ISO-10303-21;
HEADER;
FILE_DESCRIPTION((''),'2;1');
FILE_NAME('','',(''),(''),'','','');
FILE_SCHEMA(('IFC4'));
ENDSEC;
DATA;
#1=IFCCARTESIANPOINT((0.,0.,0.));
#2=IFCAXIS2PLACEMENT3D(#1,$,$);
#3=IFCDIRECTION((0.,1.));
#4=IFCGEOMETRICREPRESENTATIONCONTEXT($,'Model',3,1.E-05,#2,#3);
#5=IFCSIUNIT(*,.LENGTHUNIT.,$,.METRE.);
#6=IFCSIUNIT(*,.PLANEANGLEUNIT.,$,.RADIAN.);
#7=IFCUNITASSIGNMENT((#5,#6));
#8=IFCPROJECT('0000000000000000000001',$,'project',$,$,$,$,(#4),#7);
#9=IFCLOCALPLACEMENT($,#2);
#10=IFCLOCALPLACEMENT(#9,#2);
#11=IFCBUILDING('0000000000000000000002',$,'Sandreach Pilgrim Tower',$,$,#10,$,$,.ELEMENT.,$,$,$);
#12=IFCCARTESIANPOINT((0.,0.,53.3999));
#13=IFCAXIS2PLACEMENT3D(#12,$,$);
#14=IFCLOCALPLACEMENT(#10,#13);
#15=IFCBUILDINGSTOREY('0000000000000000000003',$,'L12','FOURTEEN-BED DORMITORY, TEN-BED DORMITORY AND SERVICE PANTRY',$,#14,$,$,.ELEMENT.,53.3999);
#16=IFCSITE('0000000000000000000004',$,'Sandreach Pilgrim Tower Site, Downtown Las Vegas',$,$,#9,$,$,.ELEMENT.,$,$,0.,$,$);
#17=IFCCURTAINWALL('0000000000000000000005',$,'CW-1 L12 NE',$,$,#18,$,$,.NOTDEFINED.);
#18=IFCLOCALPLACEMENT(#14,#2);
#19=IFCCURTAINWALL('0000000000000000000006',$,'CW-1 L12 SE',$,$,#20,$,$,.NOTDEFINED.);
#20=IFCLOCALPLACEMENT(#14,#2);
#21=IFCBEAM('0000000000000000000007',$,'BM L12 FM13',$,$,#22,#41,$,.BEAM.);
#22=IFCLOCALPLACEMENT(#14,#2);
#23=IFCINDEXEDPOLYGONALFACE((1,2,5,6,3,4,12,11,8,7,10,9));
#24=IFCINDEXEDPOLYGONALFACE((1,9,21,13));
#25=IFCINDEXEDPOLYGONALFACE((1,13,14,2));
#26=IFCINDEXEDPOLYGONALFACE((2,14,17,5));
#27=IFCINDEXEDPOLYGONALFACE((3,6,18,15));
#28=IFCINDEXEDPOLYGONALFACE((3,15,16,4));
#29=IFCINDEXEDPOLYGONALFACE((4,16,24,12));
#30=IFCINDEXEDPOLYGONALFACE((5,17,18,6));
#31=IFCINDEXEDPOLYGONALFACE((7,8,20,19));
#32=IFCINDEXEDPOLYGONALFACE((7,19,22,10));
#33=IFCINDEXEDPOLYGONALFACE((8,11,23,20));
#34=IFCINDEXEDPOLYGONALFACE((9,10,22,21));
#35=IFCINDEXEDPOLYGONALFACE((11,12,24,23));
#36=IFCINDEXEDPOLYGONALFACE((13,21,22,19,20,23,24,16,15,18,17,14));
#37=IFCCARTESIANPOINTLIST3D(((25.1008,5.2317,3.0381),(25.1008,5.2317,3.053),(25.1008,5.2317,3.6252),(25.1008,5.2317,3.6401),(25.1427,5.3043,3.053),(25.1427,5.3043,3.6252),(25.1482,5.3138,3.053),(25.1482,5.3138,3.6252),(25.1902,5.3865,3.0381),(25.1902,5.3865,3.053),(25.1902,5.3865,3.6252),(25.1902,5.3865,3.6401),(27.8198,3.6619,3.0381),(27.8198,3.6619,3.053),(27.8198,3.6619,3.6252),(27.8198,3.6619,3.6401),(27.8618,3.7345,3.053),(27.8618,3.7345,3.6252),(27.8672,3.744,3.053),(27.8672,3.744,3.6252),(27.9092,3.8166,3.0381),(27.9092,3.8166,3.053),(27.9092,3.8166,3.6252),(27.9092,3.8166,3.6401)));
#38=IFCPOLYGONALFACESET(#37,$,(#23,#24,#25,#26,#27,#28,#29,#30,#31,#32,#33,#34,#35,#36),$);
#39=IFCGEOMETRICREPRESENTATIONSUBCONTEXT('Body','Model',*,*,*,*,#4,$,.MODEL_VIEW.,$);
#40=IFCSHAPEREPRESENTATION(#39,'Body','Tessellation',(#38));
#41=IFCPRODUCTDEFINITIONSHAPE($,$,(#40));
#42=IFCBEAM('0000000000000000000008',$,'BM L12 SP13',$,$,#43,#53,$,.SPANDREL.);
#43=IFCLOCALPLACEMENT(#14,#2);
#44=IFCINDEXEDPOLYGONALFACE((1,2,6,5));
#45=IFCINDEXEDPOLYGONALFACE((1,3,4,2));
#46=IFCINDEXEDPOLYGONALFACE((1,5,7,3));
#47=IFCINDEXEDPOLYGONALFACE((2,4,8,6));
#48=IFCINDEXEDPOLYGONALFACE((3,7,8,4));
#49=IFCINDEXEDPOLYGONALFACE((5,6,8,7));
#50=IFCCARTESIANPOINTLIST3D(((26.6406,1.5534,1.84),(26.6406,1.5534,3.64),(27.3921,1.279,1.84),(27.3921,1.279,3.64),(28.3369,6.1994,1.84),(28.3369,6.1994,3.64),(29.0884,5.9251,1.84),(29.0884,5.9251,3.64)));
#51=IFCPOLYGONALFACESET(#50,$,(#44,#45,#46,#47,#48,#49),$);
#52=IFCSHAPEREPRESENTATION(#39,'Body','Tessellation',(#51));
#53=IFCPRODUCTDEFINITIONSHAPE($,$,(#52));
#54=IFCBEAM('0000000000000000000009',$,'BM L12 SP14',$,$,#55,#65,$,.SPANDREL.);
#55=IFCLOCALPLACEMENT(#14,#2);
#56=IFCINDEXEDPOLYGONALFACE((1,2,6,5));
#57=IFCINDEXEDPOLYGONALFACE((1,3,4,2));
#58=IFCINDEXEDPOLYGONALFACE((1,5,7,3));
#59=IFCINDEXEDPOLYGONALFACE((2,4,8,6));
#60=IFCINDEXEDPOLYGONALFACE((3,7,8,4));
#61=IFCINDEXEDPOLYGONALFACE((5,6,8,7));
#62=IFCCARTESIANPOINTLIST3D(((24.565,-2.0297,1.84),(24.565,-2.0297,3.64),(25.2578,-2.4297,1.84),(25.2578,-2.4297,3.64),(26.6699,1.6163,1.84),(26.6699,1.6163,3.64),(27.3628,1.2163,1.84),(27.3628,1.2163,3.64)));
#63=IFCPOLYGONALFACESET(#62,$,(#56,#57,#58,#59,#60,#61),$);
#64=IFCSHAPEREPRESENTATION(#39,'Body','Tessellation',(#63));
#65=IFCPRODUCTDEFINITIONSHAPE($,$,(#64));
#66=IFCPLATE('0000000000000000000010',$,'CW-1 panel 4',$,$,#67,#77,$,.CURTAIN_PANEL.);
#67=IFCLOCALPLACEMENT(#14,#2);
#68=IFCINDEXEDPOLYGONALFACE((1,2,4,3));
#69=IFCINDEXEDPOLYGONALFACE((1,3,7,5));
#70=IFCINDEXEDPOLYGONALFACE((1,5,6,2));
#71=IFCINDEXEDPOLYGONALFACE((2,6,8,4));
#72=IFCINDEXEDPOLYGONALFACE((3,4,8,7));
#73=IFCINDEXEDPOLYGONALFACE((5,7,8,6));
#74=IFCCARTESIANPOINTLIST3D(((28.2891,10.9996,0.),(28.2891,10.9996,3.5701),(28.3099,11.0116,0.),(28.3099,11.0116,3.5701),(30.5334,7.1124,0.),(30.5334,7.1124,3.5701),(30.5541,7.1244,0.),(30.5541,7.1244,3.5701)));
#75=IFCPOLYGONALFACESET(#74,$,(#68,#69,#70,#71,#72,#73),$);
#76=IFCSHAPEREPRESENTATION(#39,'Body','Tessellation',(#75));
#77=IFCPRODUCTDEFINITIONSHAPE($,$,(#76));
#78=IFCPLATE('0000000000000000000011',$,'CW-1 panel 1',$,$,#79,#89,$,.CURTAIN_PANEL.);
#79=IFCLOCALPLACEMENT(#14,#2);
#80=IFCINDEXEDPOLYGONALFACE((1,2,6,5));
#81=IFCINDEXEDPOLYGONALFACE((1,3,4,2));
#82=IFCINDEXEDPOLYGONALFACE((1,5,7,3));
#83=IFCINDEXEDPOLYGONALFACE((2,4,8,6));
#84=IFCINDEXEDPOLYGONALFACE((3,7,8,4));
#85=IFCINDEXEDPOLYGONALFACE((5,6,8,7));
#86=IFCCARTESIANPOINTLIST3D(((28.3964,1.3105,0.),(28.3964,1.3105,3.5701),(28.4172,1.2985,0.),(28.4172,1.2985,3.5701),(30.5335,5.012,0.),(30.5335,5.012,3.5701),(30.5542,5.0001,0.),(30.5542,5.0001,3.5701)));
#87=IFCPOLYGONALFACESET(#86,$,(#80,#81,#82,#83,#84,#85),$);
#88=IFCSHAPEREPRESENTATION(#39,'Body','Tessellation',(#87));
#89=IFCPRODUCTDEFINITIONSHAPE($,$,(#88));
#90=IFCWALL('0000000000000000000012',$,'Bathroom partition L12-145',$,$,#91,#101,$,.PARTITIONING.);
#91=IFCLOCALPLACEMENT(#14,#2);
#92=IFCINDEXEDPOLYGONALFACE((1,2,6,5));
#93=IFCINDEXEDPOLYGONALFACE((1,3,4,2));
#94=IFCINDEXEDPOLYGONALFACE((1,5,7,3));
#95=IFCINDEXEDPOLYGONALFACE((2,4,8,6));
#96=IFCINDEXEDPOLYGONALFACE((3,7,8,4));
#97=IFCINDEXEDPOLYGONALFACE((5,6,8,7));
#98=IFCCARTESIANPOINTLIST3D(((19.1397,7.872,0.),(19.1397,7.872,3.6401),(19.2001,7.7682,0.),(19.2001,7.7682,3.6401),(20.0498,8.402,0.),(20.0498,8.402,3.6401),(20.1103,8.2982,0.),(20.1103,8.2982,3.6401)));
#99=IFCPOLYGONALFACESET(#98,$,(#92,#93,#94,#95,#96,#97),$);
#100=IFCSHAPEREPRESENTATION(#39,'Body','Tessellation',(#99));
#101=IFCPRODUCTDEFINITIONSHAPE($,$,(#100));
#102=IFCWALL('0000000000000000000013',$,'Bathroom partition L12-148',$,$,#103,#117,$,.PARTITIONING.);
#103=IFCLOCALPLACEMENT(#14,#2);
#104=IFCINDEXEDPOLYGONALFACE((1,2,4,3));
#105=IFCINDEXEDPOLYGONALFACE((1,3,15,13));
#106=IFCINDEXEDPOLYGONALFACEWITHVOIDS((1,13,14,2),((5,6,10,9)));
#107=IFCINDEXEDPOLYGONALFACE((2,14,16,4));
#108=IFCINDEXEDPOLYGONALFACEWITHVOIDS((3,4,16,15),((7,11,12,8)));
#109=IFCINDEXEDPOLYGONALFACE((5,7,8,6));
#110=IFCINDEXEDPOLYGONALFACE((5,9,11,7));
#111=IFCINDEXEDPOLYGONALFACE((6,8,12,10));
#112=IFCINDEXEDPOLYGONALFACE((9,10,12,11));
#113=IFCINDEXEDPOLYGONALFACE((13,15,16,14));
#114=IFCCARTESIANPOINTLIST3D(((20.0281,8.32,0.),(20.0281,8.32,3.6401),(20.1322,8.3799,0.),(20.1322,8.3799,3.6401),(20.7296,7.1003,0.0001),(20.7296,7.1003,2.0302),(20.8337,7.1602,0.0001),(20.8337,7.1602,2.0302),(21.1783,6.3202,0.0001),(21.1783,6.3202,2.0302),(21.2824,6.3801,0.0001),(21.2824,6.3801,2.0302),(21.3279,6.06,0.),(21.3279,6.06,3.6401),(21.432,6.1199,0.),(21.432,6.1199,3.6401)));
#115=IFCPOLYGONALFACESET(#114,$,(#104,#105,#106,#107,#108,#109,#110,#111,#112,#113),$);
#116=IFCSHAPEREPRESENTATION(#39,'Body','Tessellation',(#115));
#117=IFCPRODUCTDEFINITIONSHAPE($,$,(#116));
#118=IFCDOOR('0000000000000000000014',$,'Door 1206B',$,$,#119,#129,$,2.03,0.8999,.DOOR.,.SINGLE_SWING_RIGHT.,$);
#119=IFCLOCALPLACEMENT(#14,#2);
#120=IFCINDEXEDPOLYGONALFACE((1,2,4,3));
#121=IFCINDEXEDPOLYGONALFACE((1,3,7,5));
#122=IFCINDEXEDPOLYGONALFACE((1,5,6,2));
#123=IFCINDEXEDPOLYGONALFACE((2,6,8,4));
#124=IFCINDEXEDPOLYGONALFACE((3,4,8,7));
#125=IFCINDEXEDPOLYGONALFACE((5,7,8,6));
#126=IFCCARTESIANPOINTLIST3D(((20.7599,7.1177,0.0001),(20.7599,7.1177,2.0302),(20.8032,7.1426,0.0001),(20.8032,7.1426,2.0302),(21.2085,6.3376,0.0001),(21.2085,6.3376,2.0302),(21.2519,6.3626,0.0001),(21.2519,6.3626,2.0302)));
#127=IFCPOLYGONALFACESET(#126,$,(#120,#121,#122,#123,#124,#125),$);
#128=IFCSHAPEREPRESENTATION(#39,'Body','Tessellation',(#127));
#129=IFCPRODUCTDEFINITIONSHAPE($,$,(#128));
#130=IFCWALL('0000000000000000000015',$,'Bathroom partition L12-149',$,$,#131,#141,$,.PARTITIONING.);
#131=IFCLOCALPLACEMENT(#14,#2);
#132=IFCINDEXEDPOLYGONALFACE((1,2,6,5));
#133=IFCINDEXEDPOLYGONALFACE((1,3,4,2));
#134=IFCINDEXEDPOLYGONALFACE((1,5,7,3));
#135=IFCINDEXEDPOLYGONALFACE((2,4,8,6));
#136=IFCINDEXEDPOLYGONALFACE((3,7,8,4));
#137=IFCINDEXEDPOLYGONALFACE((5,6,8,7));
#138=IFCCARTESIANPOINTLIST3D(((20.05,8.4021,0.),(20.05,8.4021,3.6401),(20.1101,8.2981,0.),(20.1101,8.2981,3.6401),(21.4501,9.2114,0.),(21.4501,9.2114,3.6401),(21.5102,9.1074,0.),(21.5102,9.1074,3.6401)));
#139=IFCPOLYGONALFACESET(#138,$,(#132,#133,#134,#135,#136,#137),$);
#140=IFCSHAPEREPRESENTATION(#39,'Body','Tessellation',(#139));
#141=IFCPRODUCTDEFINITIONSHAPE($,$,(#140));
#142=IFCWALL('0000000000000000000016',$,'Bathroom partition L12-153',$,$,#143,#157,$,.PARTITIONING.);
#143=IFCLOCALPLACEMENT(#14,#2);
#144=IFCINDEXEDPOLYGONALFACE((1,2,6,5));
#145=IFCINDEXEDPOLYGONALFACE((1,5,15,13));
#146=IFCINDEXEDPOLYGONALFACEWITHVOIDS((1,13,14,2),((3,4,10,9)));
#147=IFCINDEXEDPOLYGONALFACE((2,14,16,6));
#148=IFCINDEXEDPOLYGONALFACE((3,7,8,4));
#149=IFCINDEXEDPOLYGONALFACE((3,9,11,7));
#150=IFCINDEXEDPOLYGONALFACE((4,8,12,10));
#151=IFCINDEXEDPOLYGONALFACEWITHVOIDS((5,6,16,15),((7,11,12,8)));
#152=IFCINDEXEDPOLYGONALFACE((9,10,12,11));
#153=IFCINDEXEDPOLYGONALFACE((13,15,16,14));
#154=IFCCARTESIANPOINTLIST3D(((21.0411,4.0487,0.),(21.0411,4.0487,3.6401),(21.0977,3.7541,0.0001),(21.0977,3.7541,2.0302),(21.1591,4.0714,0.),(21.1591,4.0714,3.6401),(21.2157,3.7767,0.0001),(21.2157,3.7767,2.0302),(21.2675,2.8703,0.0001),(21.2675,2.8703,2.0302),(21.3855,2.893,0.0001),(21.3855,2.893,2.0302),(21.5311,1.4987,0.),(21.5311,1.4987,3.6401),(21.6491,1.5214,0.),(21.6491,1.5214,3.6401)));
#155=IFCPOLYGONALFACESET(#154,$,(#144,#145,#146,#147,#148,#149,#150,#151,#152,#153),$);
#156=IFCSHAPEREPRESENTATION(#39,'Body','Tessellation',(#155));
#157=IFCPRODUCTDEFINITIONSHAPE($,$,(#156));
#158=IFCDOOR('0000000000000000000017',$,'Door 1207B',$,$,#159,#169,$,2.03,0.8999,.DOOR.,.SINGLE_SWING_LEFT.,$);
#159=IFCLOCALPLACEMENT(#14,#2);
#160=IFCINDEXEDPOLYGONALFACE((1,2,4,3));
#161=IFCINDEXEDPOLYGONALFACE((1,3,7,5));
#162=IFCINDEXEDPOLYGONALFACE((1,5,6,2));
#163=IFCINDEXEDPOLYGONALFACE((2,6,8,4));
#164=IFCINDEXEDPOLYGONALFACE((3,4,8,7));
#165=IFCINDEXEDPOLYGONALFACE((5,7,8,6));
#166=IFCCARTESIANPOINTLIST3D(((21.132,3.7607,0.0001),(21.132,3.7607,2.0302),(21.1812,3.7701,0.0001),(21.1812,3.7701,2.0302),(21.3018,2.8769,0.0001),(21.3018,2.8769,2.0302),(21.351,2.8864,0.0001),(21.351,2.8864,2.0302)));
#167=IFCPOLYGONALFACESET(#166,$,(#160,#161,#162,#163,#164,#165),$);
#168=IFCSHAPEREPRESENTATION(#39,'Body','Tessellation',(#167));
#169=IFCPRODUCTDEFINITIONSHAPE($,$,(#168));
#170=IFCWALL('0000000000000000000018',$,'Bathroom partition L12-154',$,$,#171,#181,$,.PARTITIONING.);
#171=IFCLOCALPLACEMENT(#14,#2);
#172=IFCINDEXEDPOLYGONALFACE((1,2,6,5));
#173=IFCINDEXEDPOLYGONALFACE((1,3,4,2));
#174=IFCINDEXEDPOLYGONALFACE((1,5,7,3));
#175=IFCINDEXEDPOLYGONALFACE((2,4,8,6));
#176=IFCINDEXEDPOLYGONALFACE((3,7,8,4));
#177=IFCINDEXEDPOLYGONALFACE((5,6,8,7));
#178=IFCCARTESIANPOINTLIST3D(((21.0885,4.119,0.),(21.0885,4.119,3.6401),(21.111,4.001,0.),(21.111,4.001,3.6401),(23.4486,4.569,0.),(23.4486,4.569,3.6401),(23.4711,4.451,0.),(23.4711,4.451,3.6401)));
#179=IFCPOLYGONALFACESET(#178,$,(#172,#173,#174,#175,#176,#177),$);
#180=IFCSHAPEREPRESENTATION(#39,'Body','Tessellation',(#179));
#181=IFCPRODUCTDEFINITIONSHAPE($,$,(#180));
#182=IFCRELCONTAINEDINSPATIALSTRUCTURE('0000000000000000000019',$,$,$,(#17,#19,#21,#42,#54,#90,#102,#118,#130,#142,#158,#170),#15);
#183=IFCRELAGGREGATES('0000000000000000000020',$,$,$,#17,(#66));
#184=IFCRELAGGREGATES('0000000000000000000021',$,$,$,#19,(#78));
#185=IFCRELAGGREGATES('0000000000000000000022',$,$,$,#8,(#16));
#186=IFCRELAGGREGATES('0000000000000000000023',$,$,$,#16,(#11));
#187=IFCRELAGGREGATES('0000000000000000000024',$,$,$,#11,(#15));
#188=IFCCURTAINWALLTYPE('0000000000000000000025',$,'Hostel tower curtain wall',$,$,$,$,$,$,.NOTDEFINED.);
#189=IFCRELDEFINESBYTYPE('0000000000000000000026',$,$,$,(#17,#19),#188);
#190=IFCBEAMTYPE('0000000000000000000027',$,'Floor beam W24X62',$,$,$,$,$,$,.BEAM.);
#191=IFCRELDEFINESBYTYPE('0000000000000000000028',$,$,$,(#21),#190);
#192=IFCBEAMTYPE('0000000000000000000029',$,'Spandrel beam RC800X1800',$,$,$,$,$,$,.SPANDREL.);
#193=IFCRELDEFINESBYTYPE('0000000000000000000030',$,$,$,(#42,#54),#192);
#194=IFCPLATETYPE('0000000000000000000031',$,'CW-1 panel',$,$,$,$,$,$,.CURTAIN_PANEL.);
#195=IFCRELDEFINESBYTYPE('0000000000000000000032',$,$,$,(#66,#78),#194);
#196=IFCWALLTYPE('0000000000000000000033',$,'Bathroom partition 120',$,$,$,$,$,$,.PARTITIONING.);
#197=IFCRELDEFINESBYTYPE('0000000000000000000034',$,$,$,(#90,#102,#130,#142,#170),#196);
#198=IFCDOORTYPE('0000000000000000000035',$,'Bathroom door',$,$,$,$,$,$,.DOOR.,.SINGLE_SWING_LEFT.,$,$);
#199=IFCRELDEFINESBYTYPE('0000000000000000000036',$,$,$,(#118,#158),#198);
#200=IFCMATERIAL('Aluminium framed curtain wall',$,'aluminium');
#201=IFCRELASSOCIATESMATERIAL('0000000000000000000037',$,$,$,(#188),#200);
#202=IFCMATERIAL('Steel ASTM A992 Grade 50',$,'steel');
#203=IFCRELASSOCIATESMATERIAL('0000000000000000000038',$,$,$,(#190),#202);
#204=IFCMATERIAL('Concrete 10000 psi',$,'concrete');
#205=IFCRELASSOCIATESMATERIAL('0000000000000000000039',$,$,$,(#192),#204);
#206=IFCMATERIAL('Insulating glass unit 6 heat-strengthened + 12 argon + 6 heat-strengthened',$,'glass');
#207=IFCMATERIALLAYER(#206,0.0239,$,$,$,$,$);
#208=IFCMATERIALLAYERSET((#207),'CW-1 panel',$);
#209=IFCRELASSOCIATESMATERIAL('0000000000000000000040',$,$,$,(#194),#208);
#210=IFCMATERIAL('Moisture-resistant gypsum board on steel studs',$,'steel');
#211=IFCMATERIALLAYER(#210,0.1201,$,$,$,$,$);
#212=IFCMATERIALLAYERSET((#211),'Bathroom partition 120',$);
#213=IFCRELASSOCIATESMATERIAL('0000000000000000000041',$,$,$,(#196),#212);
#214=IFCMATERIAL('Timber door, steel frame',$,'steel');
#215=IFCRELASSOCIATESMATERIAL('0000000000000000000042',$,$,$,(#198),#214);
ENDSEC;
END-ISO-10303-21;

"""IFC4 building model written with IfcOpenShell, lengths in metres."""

from ifc_helpers import new_model, si_unit, direction, frame, frame_2d, origin, origin_2d, place, context, subcontext, project, spatial, rectangle, i_section, extrude, material, layer, layer_set, material_profile, profile_set, type_object, element, fill, aggregate, save


model = new_model("IFC4")

# Units and contexts
model_context = context("Model", 3, precision=1e-05, world=origin(), true_north=direction((0.0, 1.0)))
body_context = subcontext(model_context, "Body", "Model", "MODEL_VIEW")
ifc_project = project(units=[si_unit("LENGTHUNIT", "METRE"), si_unit("PLANEANGLEUNIT", "RADIAN")], contexts=[model_context])

# Site, building, storey
site_placement = place(None, origin())
site = spatial("IfcSite", under=ifc_project, at=site_placement, Name="Sandreach Pilgrim Tower Site, Downtown Las Vegas", CompositionType="ELEMENT", RefElevation=0.0)
building_placement = place(site_placement, origin())
building = spatial("IfcBuilding", under=site, at=building_placement, Name="Sandreach Pilgrim Tower", CompositionType="ELEMENT")
storey_placement = place(building_placement, frame((0.0, 0.0, 53.3999)))
storey = spatial("IfcBuildingStorey", under=building, at=storey_placement, Name="L12", Description="FOURTEEN-BED DORMITORY, TEN-BED DORMITORY AND SERVICE PANTRY", CompositionType="ELEMENT", Elevation=53.3999)

# Curtain wall
ifc_material_1 = material(Name="Aluminium framed curtain wall", Category="aluminium")
curtain_wall_type = type_object("IfcCurtainWallType", Name="Hostel tower curtain wall", PredefinedType="NOTDEFINED", material=ifc_material_1)
curtain_wall_1_placement = place(storey_placement, origin())
curtain_wall_1 = element("IfcCurtainWall", 1, at=curtain_wall_1_placement, inside=storey, type_object=curtain_wall_type, Name="CW-1 L12 NE", PredefinedType="NOTDEFINED")

# Curtain wall
curtain_wall_2_placement = place(storey_placement, origin())
curtain_wall_2 = element("IfcCurtainWall", 2, at=curtain_wall_2_placement, inside=storey, type_object=curtain_wall_type, Name="CW-1 L12 SE", PredefinedType="NOTDEFINED")

# Beams
ifc_material_2 = material(Name="Steel ASTM A992 Grade 50", Category="steel")
ifc_material_profile_1 = material_profile(ifc_material_2, i_section(OverallWidth=0.1787, OverallDepth=0.6021, WebThickness=0.011, FlangeThickness=0.0149, at=origin_2d()), Name="W24X62")
ifc_profile_set_1 = profile_set([ifc_material_profile_1], Name="Steel ASTM A992 Grade 50")
beam_type_1 = type_object("IfcBeamType", Name="Floor beam W24X62", PredefinedType="BEAM", material=ifc_profile_set_1)
beam_1_placement = place(storey_placement, frame((27.8645, 3.7393, 3.3391), z_axis=(-0.866024, 0.500003, 0.0), x_axis=(-0.500003, -0.866024, 0.0)))
element("IfcBeam", 3, at=beam_1_placement, inside=storey, type_object=beam_type_1, Name="BM L12 FM13", PredefinedType="BEAM", context=body_context, shape_type="SweptSolid", body=[
    extrude(i_section(OverallWidth=0.1787, OverallDepth=0.6021, WebThickness=0.011, FlangeThickness=0.0149, at=origin_2d()), origin(), (0.0, 0.0, 1.0), 3.1396),
])
ifc_material_3 = material(Name="Concrete 10000 psi", Category="concrete")
ifc_material_profile_2 = material_profile(ifc_material_3, rectangle(XDim=0.8, YDim=1.8, at=origin_2d()), Name="RC800X1800")
ifc_profile_set_2 = profile_set([ifc_material_profile_2], Name="Concrete 10000 psi")
beam_type_2 = type_object("IfcBeamType", Name="Spandrel beam RC800X1800", PredefinedType="SPANDREL", material=ifc_profile_set_2)
beam_2_placement = place(storey_placement, frame((28.7126, 6.0623, 2.74), z_axis=(-0.342963, -0.939349, 0.0), x_axis=(0.939349, -0.342963, 0.0)))
element("IfcBeam", 4, at=beam_2_placement, inside=storey, type_object=beam_type_2, Name="BM L12 SP13", PredefinedType="SPANDREL", context=body_context, shape_type="SweptSolid", body=[
    extrude(rectangle(XDim=0.8, YDim=1.8, at=origin_2d()), origin(), (0.0, 0.0, 1.0), 4.946),
])
beam_3_placement = place(storey_placement, frame((27.0164, 1.4163, 2.74), z_axis=(-0.499994, -0.866029, 0.0), x_axis=(0.866029, -0.499994, 0.0)))
element("IfcBeam", 5, at=beam_3_placement, inside=storey, type_object=beam_type_2, Name="BM L12 SP14", PredefinedType="SPANDREL", context=body_context, shape_type="SweptSolid", body=[
    extrude(rectangle(XDim=0.8, YDim=1.8, at=origin_2d()), origin(), (0.0, 0.0, 1.0), 4.21),
])

# Plates
ifc_material_4 = material(Name="Insulating glass unit 6 heat-strengthened + 12 argon + 6 heat-strengthened", Category="glass")
ifc_layer_1 = layer(ifc_material_4, 0.0239)
ifc_layer_set_1 = layer_set([ifc_layer_1], Name="CW-1 panel")
plate_type = type_object("IfcPlateType", Name="CW-1 panel", PredefinedType="CURTAIN_PANEL", material=ifc_layer_set_1)
plate_1_placement = place(storey_placement, frame((29.4216, 9.062, 0.0), z_axis=(0.0, 0.0, 1.0), x_axis=(0.5, -0.866025, 0.0)))
plate_1 = element("IfcPlate", 6, at=plate_1_placement, type_object=plate_type, Name="CW-1 panel 4", PredefinedType="CURTAIN_PANEL", context=body_context, shape_type="SweptSolid", body=[
    extrude(rectangle(XDim=4.4885, YDim=0.0239, at=origin_2d()), origin(), (0.0, 0.0, 1.0), 3.5701),
])
aggregate(curtain_wall_1, [plate_1])
plate_2_placement = place(storey_placement, frame((29.4753, 3.1553, 0.0), z_axis=(0.0, 0.0, 1.0), x_axis=(-0.5, -0.866025, 0.0)))
plate_2 = element("IfcPlate", 7, at=plate_2_placement, type_object=plate_type, Name="CW-1 panel 1", PredefinedType="CURTAIN_PANEL", context=body_context, shape_type="SweptSolid", body=[
    extrude(rectangle(XDim=4.2742, YDim=0.0239, at=origin_2d()), origin(), (0.0, 0.0, 1.0), 3.5701),
])
aggregate(curtain_wall_2, [plate_2])

# Wall
ifc_material_5 = material(Name="Moisture-resistant gypsum board on steel studs", Category="steel")
ifc_layer_2 = layer(ifc_material_5, 0.1201)
ifc_layer_set_2 = layer_set([ifc_layer_2], Name="Bathroom partition 120")
wall_type_1 = type_object("IfcWallType", Name="Bathroom partition 120", PredefinedType="PARTITIONING", material=ifc_layer_set_2)
wall_1_placement = place(storey_placement, frame((19.1699, 7.8201, 0.0), z_axis=(0.0, 0.0, 1.0), x_axis=(0.864149, 0.503237, 0.0)))
element("IfcWall", 8, at=wall_1_placement, inside=storey, type_object=wall_type_1, Name="Bathroom partition L12-145", PredefinedType="PARTITIONING", context=body_context, shape_type="SweptSolid", body=[
    extrude(rectangle(XDim=1.0532, YDim=0.1201, at=frame_2d((0.5266, 0.0))), origin(), (0.0, 0.0, 1.0), 3.6401),
])

# Wall, opening, door
wall_2_placement = place(storey_placement, frame((20.0801, 8.3501, 0.0), z_axis=(0.0, 0.0, 1.0), x_axis=(0.498557, -0.866857, 0.0)))
wall_2 = element("IfcWall", 9, at=wall_2_placement, inside=storey, type_object=wall_type_1, Name="Bathroom partition L12-148", PredefinedType="PARTITIONING", context=body_context, shape_type="SweptSolid", body=[
    extrude(rectangle(XDim=2.6072, YDim=0.1201, at=frame_2d((1.3037, 0.0))), origin(), (0.0, 0.0, 1.0), 3.6401),
])
opening_1_placement = place(wall_2_placement, frame((1.4072, 0.0, 0.0)))
opening_1 = element("IfcOpeningElement", 10, at=opening_1_placement, cuts=wall_2, PredefinedType="OPENING", context=body_context, shape_type="SweptSolid", body=[
    extrude(rectangle(XDim=0.8999, YDim=2.03, at=frame_2d((0.45, 1.0151))), frame((0.0, 0.0601, 0.0), z_axis=(0.0, -1.0, 0.0), x_axis=(1.0, 0.0, 0.0)), (0.0, 0.0, 1.0), 0.1201),
])
ifc_material_6 = material(Name="Timber door, steel frame", Category="steel")
door_type_1 = type_object("IfcDoorType", Name="Bathroom door", OperationType="SINGLE_SWING_LEFT", PredefinedType="DOOR", material=ifc_material_6)
door_1_placement = place(opening_1_placement, origin())
door_1 = element("IfcDoor", 11, at=door_1_placement, inside=storey, type_object=door_type_1, Name="Door 1206B", OperationType="SINGLE_SWING_RIGHT", OverallHeight=2.03, OverallWidth=0.8999, PredefinedType="DOOR", context=body_context, shape_type="SweptSolid", body=[
    extrude(rectangle(XDim=0.8999, YDim=2.03, at=frame_2d((0.45, 1.0151))), frame((0.0, 0.0249, 0.0), z_axis=(0.0, -1.0, 0.0), x_axis=(1.0, 0.0, 0.0)), (0.0, 0.0, 1.0), 0.05),
])
fill(opening_1, door_1)

# Wall
wall_3_placement = place(storey_placement, frame((20.0801, 8.3501, 0.0), z_axis=(0.0, 0.0, 1.0), x_axis=(0.865771, 0.500441, 0.0)))
element("IfcWall", 12, at=wall_3_placement, inside=storey, type_object=wall_type_1, Name="Bathroom partition L12-149", PredefinedType="PARTITIONING", context=body_context, shape_type="SweptSolid", body=[
    extrude(rectangle(XDim=1.6172, YDim=0.1201, at=frame_2d((0.8086, 0.0))), origin(), (0.0, 0.0, 1.0), 3.6401),
])

# Wall, opening, door
wall_4_placement = place(storey_placement, frame((21.1001, 4.0601, 0.0), z_axis=(0.0, 0.0, 1.0), x_axis=(0.188697, -0.982035, 0.0)))
wall_4 = element("IfcWall", 13, at=wall_4_placement, inside=storey, type_object=wall_type_1, Name="Bathroom partition L12-153", PredefinedType="PARTITIONING", context=body_context, shape_type="SweptSolid", body=[
    extrude(rectangle(XDim=2.5967, YDim=0.1201, at=frame_2d((1.2983, 0.0))), origin(), (0.0, 0.0, 1.0), 3.6401),
])
opening_2_placement = place(wall_4_placement, frame((0.3, 0.0, 0.0)))
opening_2 = element("IfcOpeningElement", 14, at=opening_2_placement, cuts=wall_4, PredefinedType="OPENING", context=body_context, shape_type="SweptSolid", body=[
    extrude(rectangle(XDim=0.8999, YDim=2.03, at=frame_2d((0.45, 1.0151))), frame((0.0, 0.0601, 0.0), z_axis=(0.0, -1.0, 0.0), x_axis=(1.0, 0.0, 0.0)), (0.0, 0.0, 1.0), 0.1201),
])
door_2_placement = place(opening_2_placement, origin())
door_2 = element("IfcDoor", 15, at=door_2_placement, inside=storey, type_object=door_type_1, Name="Door 1207B", OperationType="SINGLE_SWING_LEFT", OverallHeight=2.03, OverallWidth=0.8999, PredefinedType="DOOR", context=body_context, shape_type="SweptSolid", body=[
    extrude(rectangle(XDim=0.8999, YDim=2.03, at=frame_2d((0.45, 1.0151))), frame((0.0, 0.0249, 0.0), z_axis=(0.0, -1.0, 0.0), x_axis=(1.0, 0.0, 0.0)), (0.0, 0.0, 1.0), 0.05),
])
fill(opening_2, door_2)

# Wall
wall_5_placement = place(storey_placement, frame((21.0999, 4.0601, 0.0), z_axis=(0.0, 0.0, 1.0), x_axis=(0.982307, 0.187276, 0.0)))
element("IfcWall", 16, at=wall_5_placement, inside=storey, type_object=wall_type_1, Name="Bathroom partition L12-154", PredefinedType="PARTITIONING", context=body_context, shape_type="SweptSolid", body=[
    extrude(rectangle(XDim=2.4026, YDim=0.1201, at=frame_2d((1.2012, 0.0))), origin(), (0.0, 0.0, 1.0), 3.6401),
])

save(model, "model.ifc")
